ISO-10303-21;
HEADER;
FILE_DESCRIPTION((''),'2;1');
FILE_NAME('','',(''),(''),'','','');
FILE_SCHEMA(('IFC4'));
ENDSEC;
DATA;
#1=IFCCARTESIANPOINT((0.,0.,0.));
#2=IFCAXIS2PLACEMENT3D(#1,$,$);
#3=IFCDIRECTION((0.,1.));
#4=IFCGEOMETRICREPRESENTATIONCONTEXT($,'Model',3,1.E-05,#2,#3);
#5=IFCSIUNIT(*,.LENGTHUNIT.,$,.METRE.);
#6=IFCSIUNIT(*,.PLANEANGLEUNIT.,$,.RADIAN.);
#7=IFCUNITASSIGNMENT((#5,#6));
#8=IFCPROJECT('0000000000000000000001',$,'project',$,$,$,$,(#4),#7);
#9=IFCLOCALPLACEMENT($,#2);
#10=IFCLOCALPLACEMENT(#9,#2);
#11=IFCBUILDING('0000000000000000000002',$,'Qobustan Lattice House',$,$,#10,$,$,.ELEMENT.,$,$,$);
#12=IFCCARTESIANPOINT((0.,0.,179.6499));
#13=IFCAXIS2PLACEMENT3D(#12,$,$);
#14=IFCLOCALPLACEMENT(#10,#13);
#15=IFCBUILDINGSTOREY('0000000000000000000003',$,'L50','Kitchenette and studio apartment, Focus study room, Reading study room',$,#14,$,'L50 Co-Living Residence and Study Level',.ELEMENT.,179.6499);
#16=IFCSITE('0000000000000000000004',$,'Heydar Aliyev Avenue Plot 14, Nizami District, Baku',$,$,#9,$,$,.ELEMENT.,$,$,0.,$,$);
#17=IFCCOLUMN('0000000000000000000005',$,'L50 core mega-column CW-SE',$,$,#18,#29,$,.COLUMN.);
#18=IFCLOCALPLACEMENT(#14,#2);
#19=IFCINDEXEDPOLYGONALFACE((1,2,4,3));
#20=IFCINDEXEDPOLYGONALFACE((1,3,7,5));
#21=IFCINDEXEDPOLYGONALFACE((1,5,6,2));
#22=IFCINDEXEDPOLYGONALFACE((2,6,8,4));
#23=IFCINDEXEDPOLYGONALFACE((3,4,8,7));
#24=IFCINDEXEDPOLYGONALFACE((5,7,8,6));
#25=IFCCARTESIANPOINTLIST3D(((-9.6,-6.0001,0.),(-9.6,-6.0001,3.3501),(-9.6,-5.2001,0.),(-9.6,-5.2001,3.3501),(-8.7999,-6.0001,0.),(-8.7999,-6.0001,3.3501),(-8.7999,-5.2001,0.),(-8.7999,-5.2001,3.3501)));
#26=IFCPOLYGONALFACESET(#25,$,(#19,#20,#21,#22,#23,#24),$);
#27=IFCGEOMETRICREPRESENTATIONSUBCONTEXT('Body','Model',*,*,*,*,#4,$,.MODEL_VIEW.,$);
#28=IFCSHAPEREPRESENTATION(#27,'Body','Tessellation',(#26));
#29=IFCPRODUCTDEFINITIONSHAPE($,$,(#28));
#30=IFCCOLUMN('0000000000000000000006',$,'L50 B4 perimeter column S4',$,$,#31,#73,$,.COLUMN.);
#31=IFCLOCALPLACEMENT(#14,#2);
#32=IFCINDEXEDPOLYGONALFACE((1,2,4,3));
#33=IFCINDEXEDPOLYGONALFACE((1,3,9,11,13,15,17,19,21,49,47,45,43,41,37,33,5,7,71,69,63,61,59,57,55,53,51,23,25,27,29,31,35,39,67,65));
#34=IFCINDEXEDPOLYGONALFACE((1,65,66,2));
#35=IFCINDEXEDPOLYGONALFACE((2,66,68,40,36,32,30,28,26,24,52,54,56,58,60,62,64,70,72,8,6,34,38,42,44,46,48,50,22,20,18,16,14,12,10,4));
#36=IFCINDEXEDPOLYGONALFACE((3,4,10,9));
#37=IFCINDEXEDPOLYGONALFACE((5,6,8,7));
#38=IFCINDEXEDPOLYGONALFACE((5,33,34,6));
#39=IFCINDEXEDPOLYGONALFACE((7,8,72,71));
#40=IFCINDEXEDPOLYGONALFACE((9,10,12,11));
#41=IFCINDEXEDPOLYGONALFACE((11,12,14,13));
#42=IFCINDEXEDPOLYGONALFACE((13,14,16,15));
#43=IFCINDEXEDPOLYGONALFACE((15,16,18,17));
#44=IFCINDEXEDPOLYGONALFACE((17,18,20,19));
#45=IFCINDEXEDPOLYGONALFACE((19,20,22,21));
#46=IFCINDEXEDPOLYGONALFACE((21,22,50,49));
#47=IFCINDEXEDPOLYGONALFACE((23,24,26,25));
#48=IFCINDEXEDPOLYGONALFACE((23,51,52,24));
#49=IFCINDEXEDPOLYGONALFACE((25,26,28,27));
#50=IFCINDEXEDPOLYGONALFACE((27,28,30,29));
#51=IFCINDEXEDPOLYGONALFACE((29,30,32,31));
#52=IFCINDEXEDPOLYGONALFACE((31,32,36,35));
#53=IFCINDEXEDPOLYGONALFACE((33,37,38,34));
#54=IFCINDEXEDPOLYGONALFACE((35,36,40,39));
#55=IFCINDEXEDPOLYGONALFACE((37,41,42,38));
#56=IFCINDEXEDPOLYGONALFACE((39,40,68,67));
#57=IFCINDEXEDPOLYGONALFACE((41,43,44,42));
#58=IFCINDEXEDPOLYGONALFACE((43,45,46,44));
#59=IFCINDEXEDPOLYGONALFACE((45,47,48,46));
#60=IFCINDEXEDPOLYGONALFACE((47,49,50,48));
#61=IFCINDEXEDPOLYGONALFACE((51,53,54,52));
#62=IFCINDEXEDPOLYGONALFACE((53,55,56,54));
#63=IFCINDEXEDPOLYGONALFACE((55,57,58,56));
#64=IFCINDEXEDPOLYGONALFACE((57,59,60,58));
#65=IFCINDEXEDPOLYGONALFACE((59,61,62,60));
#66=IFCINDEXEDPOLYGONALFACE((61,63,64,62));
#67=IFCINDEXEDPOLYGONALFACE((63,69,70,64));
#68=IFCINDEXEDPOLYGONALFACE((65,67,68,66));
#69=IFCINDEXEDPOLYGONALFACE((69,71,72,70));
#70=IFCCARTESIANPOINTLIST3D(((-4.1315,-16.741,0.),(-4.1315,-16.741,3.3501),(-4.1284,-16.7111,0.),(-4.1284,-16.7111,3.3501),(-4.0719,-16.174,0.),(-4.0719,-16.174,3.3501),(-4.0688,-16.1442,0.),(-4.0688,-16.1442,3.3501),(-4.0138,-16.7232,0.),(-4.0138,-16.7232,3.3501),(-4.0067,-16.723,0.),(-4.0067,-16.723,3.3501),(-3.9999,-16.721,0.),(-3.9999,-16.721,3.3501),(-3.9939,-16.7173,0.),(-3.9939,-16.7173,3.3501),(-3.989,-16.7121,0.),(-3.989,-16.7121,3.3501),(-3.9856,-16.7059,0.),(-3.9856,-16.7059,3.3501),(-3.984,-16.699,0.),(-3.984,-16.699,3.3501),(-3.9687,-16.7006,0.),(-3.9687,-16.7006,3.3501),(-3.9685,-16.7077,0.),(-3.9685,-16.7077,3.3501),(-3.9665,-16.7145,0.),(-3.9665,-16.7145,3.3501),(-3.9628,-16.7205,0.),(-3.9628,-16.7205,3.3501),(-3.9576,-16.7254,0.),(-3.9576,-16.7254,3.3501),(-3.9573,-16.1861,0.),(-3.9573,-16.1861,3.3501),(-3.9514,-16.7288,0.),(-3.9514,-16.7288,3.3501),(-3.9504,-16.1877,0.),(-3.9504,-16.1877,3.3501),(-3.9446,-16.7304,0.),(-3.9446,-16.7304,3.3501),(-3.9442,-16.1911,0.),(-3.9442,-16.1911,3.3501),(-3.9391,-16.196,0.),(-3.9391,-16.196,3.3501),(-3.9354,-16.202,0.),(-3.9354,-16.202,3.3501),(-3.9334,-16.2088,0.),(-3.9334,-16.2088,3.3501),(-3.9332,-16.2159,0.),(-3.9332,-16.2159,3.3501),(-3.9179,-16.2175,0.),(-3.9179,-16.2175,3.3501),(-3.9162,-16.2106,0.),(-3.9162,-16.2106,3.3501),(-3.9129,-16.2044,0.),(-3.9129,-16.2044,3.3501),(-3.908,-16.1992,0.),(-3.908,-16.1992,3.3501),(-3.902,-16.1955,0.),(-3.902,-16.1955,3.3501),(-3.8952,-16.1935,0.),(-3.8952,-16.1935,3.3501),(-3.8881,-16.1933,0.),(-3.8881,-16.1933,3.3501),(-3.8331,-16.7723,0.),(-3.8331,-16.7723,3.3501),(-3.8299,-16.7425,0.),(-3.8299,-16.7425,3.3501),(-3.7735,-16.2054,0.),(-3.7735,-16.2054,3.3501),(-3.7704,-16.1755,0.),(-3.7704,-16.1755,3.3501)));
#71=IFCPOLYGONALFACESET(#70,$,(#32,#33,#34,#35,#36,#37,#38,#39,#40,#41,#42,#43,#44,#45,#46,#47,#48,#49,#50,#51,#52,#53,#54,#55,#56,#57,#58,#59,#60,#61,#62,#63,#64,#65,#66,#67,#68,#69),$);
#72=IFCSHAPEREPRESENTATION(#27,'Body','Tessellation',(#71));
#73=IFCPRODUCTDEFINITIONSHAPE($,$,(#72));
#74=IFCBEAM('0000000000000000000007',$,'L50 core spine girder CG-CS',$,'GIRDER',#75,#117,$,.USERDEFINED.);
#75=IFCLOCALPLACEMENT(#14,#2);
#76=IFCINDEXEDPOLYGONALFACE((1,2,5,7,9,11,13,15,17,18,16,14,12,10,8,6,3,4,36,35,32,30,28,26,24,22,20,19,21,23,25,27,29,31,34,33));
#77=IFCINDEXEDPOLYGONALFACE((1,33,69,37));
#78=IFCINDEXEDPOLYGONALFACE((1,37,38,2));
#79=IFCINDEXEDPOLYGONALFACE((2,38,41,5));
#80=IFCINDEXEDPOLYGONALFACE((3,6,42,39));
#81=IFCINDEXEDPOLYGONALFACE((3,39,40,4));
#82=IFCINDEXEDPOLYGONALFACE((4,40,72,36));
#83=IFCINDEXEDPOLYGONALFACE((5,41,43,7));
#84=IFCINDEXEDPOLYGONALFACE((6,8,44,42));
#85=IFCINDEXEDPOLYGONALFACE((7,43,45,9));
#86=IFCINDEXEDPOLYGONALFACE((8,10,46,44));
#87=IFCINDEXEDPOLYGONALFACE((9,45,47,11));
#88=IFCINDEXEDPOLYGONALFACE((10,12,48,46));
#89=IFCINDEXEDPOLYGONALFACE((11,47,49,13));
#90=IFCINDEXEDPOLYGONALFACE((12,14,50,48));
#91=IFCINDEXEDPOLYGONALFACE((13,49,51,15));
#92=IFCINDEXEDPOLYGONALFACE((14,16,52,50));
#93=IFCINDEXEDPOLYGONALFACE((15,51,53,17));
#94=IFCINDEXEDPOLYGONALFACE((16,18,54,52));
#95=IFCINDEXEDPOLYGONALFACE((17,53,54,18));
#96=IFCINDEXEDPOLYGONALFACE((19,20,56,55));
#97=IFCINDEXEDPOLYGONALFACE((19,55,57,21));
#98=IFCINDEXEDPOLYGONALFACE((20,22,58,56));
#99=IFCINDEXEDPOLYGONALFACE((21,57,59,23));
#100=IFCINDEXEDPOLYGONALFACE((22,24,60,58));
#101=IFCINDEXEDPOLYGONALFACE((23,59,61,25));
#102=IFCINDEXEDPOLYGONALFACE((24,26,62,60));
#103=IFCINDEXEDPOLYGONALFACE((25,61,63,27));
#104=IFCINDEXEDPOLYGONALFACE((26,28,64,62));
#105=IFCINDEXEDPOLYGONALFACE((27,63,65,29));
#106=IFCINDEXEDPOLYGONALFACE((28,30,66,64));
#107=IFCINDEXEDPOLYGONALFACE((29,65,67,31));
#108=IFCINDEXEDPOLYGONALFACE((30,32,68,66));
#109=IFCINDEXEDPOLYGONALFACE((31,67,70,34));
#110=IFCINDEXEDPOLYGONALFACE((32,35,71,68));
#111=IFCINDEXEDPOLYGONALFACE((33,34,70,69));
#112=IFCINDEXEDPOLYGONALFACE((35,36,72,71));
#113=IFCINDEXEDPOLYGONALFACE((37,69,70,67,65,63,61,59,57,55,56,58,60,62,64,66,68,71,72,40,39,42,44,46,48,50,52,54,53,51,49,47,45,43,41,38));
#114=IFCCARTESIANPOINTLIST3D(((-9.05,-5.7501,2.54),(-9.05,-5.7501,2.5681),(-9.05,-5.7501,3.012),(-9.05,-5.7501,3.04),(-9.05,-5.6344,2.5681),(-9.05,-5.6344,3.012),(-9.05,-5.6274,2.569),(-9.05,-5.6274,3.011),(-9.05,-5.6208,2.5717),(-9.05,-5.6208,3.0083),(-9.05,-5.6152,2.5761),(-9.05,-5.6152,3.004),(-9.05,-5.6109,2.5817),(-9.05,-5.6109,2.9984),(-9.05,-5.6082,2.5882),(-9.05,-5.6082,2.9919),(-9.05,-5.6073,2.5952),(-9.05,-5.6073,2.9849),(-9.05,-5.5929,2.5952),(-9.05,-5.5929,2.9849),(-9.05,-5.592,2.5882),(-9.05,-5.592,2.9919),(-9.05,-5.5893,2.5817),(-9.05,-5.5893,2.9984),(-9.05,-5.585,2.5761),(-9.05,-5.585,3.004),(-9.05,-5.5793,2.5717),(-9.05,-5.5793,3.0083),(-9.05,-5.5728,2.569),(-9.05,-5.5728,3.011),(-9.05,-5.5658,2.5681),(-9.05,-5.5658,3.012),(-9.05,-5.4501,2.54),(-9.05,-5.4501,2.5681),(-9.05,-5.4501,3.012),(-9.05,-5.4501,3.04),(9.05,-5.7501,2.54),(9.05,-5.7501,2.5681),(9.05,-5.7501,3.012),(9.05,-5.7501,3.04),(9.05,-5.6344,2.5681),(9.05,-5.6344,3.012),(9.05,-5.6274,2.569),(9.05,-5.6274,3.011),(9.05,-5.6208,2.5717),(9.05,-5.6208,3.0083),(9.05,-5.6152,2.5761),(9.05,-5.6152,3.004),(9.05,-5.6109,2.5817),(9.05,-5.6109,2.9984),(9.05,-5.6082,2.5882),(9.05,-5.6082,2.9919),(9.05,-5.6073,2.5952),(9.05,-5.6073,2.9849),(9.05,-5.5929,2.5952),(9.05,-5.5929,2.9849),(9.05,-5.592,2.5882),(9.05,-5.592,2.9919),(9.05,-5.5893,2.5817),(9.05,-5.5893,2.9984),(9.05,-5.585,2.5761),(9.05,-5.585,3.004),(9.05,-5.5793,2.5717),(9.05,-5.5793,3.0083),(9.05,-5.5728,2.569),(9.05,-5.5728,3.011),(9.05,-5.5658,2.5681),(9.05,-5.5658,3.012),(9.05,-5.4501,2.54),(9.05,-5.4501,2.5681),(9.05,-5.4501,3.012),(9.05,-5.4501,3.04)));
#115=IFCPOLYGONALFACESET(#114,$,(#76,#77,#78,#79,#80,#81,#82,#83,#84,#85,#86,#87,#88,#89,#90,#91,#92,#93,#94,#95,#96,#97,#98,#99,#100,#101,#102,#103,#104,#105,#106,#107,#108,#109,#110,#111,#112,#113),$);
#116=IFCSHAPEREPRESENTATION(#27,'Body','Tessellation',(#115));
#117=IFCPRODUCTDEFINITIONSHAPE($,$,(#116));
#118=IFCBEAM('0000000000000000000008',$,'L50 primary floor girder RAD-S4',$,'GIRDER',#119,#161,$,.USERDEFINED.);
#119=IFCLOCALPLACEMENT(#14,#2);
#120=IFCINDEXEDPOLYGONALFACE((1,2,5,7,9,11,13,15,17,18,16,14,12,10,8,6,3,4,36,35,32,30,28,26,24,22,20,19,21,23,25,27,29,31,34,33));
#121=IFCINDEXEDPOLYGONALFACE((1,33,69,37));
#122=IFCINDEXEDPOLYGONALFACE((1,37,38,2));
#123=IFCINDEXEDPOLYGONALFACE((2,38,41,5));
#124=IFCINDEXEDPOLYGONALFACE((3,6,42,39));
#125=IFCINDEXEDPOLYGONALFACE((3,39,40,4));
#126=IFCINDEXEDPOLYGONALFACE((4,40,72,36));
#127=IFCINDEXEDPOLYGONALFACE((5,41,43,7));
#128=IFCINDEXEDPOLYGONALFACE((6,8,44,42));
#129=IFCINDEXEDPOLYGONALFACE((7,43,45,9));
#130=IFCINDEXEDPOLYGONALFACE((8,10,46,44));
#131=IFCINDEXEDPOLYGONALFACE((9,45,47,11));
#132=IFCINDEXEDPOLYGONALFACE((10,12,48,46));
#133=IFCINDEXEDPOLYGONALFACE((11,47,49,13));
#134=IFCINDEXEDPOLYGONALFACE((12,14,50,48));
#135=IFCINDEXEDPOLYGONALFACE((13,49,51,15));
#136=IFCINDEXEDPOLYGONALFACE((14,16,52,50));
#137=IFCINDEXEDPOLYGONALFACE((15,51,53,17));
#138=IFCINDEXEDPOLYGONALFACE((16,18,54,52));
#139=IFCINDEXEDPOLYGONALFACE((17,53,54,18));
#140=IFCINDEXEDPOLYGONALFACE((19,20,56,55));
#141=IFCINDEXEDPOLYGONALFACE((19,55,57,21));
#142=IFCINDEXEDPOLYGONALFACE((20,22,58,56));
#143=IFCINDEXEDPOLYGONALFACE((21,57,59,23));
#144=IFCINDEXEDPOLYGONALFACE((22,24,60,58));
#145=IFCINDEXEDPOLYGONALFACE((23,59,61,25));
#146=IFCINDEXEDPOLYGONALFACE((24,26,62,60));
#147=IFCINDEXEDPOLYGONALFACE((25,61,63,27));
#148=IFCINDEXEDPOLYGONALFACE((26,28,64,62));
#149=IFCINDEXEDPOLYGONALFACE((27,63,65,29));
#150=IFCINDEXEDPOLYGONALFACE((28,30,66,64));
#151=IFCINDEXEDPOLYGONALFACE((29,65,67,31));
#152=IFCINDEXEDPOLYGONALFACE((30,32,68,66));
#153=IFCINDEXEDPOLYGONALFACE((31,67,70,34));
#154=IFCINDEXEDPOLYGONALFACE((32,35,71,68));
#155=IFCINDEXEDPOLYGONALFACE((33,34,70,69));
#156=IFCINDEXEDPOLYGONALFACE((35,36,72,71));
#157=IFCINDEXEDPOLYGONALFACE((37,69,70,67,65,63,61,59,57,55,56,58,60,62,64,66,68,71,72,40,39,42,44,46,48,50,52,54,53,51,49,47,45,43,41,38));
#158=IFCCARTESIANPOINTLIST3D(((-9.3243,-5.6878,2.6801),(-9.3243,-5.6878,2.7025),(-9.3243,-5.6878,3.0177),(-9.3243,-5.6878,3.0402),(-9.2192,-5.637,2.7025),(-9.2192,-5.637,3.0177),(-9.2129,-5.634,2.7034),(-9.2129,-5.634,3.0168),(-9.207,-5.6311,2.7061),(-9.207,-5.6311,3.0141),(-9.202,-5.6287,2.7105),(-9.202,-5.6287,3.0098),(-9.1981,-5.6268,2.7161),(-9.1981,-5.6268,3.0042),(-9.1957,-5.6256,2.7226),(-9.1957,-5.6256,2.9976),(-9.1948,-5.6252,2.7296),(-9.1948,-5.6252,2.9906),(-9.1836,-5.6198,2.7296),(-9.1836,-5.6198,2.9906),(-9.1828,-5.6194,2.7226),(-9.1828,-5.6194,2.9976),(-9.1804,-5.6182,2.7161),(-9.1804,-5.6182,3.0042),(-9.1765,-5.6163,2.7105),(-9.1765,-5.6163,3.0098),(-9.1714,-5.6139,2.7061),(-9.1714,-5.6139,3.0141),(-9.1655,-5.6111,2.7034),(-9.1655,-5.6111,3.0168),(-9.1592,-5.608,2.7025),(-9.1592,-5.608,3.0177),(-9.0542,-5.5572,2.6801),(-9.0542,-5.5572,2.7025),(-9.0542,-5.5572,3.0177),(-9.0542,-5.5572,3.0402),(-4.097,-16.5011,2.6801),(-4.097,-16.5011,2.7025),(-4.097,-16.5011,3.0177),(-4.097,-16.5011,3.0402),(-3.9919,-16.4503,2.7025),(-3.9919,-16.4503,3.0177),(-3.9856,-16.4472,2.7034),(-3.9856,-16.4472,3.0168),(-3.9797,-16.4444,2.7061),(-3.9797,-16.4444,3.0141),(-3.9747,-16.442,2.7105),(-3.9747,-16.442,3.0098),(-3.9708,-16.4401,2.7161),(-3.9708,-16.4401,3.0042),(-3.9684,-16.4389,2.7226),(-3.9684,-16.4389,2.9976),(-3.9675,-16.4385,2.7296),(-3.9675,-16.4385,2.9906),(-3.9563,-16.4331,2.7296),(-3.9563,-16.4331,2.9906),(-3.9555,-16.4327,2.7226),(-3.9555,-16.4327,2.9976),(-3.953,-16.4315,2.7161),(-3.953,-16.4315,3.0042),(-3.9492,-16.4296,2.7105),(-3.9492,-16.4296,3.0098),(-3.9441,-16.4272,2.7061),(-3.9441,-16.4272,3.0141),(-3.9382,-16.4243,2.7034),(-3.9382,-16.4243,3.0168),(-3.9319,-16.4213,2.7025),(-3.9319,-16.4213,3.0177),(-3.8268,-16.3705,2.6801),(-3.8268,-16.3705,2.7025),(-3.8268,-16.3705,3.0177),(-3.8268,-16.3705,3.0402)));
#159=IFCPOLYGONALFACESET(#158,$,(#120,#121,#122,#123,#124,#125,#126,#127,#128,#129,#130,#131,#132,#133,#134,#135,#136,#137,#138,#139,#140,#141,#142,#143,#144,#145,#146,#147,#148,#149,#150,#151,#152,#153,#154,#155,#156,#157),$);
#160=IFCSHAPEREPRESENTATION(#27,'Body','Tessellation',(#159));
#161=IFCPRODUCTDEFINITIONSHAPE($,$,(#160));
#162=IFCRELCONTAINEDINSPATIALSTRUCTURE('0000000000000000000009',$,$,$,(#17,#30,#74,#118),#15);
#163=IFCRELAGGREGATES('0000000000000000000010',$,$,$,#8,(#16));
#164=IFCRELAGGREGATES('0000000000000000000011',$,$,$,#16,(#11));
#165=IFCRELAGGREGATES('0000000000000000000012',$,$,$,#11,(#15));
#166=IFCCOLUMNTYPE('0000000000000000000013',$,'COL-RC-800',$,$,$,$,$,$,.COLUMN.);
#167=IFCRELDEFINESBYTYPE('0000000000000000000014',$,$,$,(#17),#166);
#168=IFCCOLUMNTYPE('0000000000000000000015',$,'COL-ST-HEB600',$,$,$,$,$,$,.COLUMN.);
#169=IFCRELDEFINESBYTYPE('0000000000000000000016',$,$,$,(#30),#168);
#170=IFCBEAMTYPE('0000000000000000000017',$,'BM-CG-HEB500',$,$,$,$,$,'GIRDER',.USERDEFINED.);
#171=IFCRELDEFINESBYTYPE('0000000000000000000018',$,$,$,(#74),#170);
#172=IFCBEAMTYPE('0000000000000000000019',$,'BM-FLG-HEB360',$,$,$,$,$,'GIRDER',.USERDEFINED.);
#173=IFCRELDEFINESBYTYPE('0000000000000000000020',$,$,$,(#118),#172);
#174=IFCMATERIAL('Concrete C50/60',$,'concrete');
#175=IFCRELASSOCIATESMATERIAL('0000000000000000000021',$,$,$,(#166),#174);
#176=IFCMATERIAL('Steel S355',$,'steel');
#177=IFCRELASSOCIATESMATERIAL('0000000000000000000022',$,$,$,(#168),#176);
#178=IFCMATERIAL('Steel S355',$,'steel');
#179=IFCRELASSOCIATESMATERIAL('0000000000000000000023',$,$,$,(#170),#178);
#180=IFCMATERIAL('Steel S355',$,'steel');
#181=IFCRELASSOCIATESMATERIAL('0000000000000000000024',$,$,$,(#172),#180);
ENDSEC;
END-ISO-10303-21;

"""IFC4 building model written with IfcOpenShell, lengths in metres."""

from ifc_helpers import new_model, si_unit, direction, frame, origin, origin_2d, place, context, subcontext, project, spatial, rectangle, i_section, extrude, material, material_profile, profile_set, type_object, element, save


model = new_model("IFC4")

# Units and contexts
model_context = context("Model", 3, precision=1e-05, world=origin(), true_north=direction((0.0, 1.0)))
body_context = subcontext(model_context, "Body", "Model", "MODEL_VIEW")
ifc_project = project(units=[si_unit("LENGTHUNIT", "METRE"), si_unit("PLANEANGLEUNIT", "RADIAN")], contexts=[model_context])

# Site, building, storey
site_placement = place(None, origin())
site = spatial("IfcSite", under=ifc_project, at=site_placement, Name="Heydar Aliyev Avenue Plot 14, Nizami District, Baku", CompositionType="ELEMENT", RefElevation=0.0)
building_placement = place(site_placement, origin())
building = spatial("IfcBuilding", under=site, at=building_placement, Name="Qobustan Lattice House", CompositionType="ELEMENT")
storey_placement = place(building_placement, frame((0.0, 0.0, 179.6499)))
storey = spatial("IfcBuildingStorey", under=building, at=storey_placement, Name="L50", Description="Kitchenette and studio apartment, Focus study room, Reading study room", LongName="L50 Co-Living Residence and Study Level", CompositionType="ELEMENT", Elevation=179.6499)

# Columns
ifc_material_1 = material(Name="Concrete C50/60", Category="concrete")
ifc_material_profile_1 = material_profile(ifc_material_1, rectangle(XDim=0.8, YDim=0.8, at=origin_2d()), Name="RC800x800")
ifc_profile_set_1 = profile_set([ifc_material_profile_1], Name="Concrete C50/60")
column_type_1 = type_object("IfcColumnType", Name="COL-RC-800", PredefinedType="COLUMN", material=ifc_profile_set_1)
column_1_placement = place(storey_placement, frame((-9.2, -5.6001, 0.0), z_axis=(0.0, 0.0, 1.0), x_axis=(1.0, 0.0, 0.0)))
element("IfcColumn", 1, at=column_1_placement, inside=storey, type_object=column_type_1, Name="L50 core mega-column CW-SE", PredefinedType="COLUMN", context=body_context, shape_type="SweptSolid", body=[
    extrude(rectangle(XDim=0.8, YDim=0.8, at=origin_2d()), origin(), (0.0, 0.0, 1.0), 3.3501),
])
ifc_material_2 = material(Name="Steel S355", Category="steel")
ifc_material_profile_2 = material_profile(ifc_material_2, i_section(OverallWidth=0.3, OverallDepth=0.6001, WebThickness=0.0154, FlangeThickness=0.03, FilletRadius=0.0271, at=origin_2d()), Name="HEB600")
ifc_profile_set_2 = profile_set([ifc_material_profile_2], Name="Steel S355")
column_type_2 = type_object("IfcColumnType", Name="COL-ST-HEB600", PredefinedType="COLUMN", material=ifc_profile_set_2)
column_2_placement = place(storey_placement, frame((-3.9509, -16.4583, 0.0), z_axis=(0.0, 0.0, 1.0), x_axis=(0.994522, -0.104528, 0.0)))
element("IfcColumn", 2, at=column_2_placement, inside=storey, type_object=column_type_2, Name="L50 B4 perimeter column S4", PredefinedType="COLUMN", context=body_context, shape_type="SweptSolid", body=[
    extrude(i_section(OverallWidth=0.3, OverallDepth=0.6001, WebThickness=0.0154, FlangeThickness=0.03, FilletRadius=0.0271, at=origin_2d()), origin(), (0.0, 0.0, 1.0), 3.3501),
])

# Beams
ifc_material_3 = material(Name="Steel S355", Category="steel")
ifc_material_profile_3 = material_profile(ifc_material_3, i_section(OverallWidth=0.3, OverallDepth=0.5, WebThickness=0.0144, FlangeThickness=0.0281, FilletRadius=0.0271, at=origin_2d()), Name="HEB500")
ifc_profile_set_3 = profile_set([ifc_material_profile_3], Name="Steel S355")
beam_type_1 = type_object("IfcBeamType", Name="BM-CG-HEB500", ElementType="GIRDER", PredefinedType="USERDEFINED", material=ifc_profile_set_3)
beam_1_placement = place(storey_placement, frame((-9.05, -5.6001, 2.79), z_axis=(1.0, 0.0, 0.0), x_axis=(0.0, 1.0, 0.0)))
element("IfcBeam", 3, at=beam_1_placement, inside=storey, type_object=beam_type_1, Name="L50 core spine girder CG-CS", ObjectType="GIRDER", PredefinedType="USERDEFINED", context=body_context, shape_type="SweptSolid", body=[
    extrude(i_section(OverallWidth=0.3, OverallDepth=0.5, WebThickness=0.0144, FlangeThickness=0.0281, FilletRadius=0.0271, at=origin_2d()), origin(), (0.0, 0.0, 1.0), 18.1001),
])
ifc_material_4 = material(Name="Steel S355", Category="steel")
ifc_material_profile_4 = material_profile(ifc_material_4, i_section(OverallWidth=0.3, OverallDepth=0.3601, WebThickness=0.0125, FlangeThickness=0.0225, FilletRadius=0.0271, at=origin_2d()), Name="HEB360")
ifc_profile_set_4 = profile_set([ifc_material_profile_4], Name="Steel S355")
beam_type_2 = type_object("IfcBeamType", Name="BM-FLG-HEB360", ElementType="GIRDER", PredefinedType="USERDEFINED", material=ifc_profile_set_4)
beam_2_placement = place(storey_placement, frame((-3.9619, -16.4358, 2.8601), z_axis=(-0.435229, 0.90032, 0.0), x_axis=(-0.90032, -0.435229, 0.0)))
element("IfcBeam", 4, at=beam_2_placement, inside=storey, type_object=beam_type_2, Name="L50 primary floor girder RAD-S4", ObjectType="GIRDER", PredefinedType="USERDEFINED", context=body_context, shape_type="SweptSolid", body=[
    extrude(i_section(OverallWidth=0.3, OverallDepth=0.3601, WebThickness=0.0125, FlangeThickness=0.0225, FilletRadius=0.0271, at=origin_2d()), origin(), (0.0, 0.0, 1.0), 12.0105),
])

save(model, "model.ifc")
